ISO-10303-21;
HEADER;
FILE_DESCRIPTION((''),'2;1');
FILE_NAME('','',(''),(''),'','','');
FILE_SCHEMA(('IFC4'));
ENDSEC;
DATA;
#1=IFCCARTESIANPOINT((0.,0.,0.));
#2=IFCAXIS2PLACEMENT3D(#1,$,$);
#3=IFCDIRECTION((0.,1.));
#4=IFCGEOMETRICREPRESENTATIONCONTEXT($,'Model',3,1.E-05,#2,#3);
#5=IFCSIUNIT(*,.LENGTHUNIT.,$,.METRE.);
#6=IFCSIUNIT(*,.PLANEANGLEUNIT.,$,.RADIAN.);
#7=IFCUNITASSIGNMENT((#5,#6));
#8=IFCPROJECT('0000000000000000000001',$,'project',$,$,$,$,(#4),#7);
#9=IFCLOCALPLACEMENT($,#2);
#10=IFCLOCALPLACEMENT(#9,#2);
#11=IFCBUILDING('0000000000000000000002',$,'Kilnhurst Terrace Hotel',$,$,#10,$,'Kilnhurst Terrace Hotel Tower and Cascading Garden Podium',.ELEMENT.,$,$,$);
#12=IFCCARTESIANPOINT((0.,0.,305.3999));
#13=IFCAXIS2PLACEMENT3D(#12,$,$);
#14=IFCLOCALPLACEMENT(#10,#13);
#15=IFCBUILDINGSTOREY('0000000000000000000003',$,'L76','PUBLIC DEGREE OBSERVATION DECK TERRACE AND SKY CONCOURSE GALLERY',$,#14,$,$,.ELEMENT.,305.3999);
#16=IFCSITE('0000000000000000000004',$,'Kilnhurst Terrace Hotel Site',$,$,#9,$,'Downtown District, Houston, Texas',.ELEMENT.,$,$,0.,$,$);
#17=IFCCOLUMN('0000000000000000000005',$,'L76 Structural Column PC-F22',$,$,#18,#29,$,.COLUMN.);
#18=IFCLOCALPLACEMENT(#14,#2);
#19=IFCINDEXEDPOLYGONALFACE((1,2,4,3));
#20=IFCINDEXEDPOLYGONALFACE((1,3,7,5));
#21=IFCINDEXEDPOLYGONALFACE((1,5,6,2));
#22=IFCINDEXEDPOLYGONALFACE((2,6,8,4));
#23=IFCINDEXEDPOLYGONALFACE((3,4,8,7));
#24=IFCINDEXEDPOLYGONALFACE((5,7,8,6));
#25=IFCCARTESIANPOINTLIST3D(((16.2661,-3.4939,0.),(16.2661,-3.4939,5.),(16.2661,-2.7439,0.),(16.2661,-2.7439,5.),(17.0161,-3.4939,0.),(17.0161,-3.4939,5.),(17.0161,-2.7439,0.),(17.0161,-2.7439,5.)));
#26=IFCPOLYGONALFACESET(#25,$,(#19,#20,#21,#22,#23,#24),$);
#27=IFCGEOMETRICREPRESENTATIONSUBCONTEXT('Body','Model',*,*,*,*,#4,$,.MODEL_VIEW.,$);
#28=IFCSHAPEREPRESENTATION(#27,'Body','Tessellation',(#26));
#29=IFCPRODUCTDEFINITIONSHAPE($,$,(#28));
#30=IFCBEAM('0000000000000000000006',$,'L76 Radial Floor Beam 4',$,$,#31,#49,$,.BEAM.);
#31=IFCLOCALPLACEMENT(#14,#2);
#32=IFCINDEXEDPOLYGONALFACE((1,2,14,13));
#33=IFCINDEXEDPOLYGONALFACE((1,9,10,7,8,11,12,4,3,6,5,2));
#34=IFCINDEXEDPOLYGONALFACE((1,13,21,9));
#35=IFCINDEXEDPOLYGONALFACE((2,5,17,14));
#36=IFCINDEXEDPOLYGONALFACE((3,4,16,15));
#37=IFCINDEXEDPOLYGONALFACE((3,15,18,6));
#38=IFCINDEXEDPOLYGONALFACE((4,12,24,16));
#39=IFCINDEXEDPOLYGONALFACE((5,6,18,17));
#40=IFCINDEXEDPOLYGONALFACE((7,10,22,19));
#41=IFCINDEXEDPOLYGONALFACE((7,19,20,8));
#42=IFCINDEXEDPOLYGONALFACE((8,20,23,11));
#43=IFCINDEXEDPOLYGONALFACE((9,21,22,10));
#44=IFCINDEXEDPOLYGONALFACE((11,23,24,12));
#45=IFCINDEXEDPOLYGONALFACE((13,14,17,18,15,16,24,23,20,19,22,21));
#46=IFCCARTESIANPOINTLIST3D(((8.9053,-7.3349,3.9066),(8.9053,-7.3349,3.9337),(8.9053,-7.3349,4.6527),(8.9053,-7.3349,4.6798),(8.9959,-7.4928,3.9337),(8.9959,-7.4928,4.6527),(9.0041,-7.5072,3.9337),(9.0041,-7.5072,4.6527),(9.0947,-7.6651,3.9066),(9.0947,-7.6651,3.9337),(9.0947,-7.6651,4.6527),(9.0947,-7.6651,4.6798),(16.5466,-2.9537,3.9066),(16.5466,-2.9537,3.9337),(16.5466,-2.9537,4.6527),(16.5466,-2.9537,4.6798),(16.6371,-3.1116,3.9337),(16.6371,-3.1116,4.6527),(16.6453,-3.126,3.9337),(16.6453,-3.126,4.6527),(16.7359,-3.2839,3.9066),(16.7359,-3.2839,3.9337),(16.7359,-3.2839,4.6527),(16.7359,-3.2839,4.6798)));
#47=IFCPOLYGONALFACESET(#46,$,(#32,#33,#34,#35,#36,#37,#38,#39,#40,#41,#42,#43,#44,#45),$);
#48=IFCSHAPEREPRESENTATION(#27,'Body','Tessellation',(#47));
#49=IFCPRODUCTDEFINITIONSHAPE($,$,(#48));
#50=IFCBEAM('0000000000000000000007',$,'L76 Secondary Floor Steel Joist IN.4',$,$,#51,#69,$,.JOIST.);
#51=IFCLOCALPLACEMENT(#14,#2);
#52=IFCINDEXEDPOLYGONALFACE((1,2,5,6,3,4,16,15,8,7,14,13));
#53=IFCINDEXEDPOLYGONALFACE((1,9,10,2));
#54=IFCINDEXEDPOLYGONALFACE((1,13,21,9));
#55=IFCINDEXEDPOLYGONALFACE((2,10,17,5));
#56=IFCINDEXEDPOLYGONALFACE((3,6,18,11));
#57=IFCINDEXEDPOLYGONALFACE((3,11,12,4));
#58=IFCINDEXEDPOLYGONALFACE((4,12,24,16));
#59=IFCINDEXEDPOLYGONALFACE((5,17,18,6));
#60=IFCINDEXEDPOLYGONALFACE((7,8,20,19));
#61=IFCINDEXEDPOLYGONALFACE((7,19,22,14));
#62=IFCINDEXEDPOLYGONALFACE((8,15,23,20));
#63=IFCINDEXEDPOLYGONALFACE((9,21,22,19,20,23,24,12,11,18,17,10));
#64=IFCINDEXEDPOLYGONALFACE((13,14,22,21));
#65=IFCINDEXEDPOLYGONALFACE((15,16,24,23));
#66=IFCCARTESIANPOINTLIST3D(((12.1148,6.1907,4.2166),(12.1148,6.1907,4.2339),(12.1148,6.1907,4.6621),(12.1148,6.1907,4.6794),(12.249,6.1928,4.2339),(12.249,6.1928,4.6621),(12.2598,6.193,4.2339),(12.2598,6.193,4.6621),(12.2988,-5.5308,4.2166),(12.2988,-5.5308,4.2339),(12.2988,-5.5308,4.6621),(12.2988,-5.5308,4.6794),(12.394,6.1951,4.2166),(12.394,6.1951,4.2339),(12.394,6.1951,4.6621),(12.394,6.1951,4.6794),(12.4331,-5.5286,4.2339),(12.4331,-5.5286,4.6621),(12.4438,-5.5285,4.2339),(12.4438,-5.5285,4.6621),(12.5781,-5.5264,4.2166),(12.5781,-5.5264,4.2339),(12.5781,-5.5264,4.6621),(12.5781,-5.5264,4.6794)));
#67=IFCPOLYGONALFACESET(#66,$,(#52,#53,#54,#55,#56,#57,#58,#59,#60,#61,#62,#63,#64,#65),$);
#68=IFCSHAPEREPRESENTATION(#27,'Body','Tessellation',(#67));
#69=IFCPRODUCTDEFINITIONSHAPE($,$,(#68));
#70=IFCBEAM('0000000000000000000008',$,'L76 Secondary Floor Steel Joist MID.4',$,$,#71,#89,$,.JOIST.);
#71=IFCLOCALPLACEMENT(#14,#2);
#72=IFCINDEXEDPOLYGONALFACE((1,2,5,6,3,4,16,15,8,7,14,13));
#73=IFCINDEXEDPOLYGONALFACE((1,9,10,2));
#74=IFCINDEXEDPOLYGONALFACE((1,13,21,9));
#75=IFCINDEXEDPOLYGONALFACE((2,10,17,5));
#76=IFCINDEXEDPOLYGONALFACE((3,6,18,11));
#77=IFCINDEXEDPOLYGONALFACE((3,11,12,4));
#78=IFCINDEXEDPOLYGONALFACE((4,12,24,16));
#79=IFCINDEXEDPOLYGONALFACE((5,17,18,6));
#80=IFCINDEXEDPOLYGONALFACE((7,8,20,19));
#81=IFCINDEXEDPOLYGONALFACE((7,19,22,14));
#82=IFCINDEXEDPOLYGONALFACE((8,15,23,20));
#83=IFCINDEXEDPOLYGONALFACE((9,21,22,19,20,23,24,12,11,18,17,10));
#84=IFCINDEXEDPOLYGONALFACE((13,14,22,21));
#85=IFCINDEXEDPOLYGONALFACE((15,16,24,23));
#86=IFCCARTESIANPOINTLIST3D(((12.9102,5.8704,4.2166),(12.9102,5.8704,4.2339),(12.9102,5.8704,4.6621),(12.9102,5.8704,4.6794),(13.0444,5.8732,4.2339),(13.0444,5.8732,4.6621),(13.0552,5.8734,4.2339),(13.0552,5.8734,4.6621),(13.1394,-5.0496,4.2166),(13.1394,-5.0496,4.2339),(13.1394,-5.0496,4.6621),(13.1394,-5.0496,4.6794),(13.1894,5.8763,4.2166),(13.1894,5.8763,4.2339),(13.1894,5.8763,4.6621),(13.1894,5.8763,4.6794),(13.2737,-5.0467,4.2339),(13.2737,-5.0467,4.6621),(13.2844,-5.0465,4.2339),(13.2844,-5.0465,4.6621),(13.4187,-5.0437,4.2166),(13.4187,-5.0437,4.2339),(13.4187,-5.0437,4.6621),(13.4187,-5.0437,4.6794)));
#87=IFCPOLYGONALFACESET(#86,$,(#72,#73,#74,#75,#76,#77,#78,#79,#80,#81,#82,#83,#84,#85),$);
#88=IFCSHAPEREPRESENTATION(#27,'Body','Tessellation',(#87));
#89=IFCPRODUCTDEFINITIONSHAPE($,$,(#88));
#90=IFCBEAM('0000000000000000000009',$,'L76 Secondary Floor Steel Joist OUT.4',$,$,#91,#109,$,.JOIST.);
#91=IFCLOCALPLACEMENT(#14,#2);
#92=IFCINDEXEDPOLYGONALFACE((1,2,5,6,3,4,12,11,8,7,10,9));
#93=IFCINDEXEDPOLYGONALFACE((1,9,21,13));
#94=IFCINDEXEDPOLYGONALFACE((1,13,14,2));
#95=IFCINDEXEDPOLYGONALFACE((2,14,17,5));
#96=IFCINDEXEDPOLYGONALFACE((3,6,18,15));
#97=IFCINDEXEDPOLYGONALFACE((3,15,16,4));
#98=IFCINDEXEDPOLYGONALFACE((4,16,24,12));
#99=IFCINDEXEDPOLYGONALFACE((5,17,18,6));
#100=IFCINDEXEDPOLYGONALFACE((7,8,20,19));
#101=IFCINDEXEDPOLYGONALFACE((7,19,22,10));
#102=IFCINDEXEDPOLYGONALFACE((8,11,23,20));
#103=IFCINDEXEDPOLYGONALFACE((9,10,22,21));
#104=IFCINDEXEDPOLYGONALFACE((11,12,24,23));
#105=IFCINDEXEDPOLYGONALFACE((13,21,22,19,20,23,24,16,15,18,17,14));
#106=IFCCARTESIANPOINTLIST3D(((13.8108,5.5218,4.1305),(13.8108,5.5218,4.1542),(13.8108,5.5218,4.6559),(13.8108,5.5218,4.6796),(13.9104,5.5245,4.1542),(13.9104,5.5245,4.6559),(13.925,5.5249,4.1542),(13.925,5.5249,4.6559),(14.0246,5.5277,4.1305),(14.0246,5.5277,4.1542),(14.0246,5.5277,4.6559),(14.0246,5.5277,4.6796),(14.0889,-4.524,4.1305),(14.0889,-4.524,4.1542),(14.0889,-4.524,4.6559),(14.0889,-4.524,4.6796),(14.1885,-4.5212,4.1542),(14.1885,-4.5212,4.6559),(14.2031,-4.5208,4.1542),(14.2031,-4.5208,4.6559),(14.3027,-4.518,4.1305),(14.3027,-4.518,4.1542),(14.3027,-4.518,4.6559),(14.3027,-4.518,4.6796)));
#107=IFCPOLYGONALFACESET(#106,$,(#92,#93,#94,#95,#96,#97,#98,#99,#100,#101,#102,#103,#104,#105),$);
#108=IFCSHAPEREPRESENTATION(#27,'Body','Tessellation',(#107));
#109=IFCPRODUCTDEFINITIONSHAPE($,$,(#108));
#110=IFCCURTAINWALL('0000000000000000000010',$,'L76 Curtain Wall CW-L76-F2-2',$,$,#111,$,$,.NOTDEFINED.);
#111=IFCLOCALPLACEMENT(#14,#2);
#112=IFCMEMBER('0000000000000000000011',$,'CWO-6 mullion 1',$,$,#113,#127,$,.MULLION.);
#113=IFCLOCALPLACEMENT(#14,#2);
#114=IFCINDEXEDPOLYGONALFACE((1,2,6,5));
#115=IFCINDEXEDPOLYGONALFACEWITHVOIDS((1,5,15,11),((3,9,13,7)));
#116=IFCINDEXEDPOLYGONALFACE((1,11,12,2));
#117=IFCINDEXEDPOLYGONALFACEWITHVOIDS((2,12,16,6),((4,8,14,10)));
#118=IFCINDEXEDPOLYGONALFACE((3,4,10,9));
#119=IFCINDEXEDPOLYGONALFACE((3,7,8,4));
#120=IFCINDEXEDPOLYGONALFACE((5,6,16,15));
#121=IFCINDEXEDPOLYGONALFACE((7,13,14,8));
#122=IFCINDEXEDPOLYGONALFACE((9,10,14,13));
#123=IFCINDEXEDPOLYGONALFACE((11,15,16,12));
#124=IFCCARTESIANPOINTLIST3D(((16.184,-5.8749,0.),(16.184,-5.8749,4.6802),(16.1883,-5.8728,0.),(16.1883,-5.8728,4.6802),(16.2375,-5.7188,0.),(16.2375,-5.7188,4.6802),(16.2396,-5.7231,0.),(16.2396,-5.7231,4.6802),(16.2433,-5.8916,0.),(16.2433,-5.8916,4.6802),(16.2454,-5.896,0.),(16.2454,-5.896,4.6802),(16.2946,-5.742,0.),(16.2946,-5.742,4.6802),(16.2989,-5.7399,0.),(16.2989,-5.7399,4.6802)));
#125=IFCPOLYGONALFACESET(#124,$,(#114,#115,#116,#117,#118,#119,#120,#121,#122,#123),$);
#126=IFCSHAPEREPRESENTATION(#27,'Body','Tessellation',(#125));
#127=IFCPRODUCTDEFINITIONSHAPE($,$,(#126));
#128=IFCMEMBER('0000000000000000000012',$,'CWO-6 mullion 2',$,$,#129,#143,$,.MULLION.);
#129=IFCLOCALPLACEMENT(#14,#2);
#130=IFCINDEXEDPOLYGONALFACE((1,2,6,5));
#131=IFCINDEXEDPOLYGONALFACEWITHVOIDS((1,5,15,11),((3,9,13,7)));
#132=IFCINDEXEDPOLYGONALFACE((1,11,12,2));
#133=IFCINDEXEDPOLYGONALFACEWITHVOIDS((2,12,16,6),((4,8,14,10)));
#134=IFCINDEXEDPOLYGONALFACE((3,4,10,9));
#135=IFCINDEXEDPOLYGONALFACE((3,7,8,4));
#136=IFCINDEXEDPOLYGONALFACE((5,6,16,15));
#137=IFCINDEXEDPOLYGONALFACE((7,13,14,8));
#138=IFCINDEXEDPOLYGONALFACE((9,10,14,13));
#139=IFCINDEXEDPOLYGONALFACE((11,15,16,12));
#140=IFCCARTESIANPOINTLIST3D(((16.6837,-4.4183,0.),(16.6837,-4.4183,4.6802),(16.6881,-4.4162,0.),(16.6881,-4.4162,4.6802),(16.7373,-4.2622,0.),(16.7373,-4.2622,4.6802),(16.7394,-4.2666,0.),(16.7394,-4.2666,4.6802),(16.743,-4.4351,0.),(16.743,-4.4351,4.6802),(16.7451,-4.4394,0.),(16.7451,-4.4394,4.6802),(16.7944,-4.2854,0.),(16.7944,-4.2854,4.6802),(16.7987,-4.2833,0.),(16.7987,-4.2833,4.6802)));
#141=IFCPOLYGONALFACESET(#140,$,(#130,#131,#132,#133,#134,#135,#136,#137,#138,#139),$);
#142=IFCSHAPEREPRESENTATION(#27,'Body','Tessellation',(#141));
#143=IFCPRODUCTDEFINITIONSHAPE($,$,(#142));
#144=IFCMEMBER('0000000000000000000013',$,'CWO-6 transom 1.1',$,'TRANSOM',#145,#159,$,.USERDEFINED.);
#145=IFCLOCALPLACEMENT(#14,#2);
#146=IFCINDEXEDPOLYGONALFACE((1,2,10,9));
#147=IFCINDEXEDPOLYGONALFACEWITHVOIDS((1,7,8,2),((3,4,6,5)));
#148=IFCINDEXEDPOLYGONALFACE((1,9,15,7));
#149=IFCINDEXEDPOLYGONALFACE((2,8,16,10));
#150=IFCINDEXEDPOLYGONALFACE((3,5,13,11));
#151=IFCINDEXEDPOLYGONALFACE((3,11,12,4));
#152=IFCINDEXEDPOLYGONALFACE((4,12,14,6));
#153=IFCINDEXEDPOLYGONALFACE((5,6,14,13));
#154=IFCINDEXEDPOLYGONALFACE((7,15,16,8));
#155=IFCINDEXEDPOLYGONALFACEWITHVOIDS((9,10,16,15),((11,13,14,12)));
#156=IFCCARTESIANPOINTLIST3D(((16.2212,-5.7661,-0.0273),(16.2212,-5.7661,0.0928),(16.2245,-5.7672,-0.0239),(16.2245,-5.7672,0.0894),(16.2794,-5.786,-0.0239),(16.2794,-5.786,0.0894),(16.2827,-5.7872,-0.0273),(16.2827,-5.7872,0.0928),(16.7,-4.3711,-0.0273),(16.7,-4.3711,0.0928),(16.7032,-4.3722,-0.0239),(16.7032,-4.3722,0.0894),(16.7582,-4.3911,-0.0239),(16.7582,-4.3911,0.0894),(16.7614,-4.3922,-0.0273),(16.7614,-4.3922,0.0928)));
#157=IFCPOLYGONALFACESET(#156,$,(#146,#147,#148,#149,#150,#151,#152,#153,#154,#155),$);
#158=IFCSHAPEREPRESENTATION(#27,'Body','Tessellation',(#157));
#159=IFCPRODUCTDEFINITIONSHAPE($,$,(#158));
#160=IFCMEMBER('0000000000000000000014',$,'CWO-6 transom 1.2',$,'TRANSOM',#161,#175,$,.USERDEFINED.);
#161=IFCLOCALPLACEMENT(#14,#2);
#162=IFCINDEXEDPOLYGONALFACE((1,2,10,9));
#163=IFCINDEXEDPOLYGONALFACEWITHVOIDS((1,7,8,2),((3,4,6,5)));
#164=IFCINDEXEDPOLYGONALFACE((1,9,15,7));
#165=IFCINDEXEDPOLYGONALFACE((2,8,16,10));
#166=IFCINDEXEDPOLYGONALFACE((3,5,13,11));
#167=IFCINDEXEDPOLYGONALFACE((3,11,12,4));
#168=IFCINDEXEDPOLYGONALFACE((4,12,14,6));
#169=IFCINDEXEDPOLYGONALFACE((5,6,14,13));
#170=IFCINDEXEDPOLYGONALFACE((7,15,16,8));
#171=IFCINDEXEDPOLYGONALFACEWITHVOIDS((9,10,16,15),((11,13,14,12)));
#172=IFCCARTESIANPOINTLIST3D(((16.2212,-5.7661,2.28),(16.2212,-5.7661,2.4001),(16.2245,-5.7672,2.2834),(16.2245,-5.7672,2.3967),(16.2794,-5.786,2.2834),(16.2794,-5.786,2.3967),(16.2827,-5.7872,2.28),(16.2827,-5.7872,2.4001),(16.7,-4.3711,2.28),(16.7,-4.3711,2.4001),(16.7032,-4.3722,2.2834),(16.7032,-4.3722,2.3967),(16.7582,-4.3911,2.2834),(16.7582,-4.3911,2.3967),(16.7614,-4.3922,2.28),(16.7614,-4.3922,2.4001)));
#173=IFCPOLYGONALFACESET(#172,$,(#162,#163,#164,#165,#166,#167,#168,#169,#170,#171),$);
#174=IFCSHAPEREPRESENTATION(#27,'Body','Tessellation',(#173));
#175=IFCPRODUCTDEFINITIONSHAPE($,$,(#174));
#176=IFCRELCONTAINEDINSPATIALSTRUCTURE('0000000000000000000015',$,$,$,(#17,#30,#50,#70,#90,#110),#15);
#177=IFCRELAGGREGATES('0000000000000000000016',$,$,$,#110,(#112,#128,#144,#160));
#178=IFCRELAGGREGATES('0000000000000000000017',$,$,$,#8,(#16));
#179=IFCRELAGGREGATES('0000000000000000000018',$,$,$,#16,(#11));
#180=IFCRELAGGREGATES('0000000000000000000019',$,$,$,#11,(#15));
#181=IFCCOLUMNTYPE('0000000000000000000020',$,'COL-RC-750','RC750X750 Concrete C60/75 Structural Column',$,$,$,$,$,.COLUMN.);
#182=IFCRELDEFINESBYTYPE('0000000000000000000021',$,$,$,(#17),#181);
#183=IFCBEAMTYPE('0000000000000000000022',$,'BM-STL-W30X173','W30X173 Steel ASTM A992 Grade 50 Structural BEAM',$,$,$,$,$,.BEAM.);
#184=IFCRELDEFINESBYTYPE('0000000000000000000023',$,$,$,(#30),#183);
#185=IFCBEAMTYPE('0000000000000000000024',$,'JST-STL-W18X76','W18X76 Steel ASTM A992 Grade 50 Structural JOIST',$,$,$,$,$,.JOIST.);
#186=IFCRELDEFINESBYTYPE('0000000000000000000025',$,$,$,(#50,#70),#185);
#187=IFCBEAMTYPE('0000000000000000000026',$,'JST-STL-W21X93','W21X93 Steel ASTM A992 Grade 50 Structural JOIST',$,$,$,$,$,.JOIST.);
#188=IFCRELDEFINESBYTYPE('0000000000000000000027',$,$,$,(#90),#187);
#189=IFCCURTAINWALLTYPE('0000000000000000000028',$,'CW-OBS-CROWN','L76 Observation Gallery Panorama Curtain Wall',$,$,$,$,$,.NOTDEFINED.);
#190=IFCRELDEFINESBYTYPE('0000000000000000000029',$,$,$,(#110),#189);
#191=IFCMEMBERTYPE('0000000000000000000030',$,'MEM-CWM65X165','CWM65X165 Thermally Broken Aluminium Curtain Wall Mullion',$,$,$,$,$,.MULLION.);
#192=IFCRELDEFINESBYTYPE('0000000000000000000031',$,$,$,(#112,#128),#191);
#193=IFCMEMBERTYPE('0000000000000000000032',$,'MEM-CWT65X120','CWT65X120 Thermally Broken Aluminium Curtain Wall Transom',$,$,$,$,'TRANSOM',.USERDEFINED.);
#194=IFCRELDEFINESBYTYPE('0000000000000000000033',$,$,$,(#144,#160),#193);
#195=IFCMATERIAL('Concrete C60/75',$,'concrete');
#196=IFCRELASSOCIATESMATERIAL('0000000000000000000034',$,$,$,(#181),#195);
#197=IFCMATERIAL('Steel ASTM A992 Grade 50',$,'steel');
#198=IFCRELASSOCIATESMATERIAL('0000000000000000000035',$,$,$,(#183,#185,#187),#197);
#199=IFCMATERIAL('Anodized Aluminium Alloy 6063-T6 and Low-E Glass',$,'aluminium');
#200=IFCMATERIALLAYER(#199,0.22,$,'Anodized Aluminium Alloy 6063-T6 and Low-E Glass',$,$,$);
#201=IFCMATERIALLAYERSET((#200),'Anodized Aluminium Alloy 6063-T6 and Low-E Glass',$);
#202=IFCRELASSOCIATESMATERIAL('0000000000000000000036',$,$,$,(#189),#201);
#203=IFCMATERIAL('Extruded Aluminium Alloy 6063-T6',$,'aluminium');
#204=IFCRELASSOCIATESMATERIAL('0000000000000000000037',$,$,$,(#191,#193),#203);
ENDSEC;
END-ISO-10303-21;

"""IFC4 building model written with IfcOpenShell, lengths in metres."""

from ifc_helpers import new_model, si_unit, direction, frame, origin, origin_2d, place, context, subcontext, project, spatial, rectangle, hollow_rectangle, i_section, extrude, material, layer, layer_set, material_profile, profile_set, type_object, element, aggregate, save


model = new_model("IFC4")

# Units and contexts
model_context = context("Model", 3, precision=1e-05, world=origin(), true_north=direction((0.0, 1.0)))
body_context = subcontext(model_context, "Body", "Model", "MODEL_VIEW")
ifc_project = project(units=[si_unit("LENGTHUNIT", "METRE"), si_unit("PLANEANGLEUNIT", "RADIAN")], contexts=[model_context])

# Site, building, storey
site_placement = place(None, origin())
site = spatial("IfcSite", under=ifc_project, at=site_placement, Name="Kilnhurst Terrace Hotel Site", LongName="Downtown District, Houston, Texas", CompositionType="ELEMENT", RefElevation=0.0)
building_placement = place(site_placement, origin())
building = spatial("IfcBuilding", under=site, at=building_placement, Name="Kilnhurst Terrace Hotel", LongName="Kilnhurst Terrace Hotel Tower and Cascading Garden Podium", CompositionType="ELEMENT")
storey_placement = place(building_placement, frame((0.0, 0.0, 305.3999)))
storey = spatial("IfcBuildingStorey", under=building, at=storey_placement, Name="L76", Description="PUBLIC DEGREE OBSERVATION DECK TERRACE AND SKY CONCOURSE GALLERY", CompositionType="ELEMENT", Elevation=305.3999)

# Column
ifc_material_1 = material(Name="Concrete C60/75", Category="concrete")
ifc_material_profile_1 = material_profile(ifc_material_1, rectangle(XDim=0.75, YDim=0.75, at=origin_2d()), Name="RC750X750")
ifc_profile_set_1 = profile_set([ifc_material_profile_1], Name="Concrete C60/75")
column_type = type_object("IfcColumnType", Name="COL-RC-750", Description="RC750X750 Concrete C60/75 Structural Column", PredefinedType="COLUMN", material=ifc_profile_set_1)
column_placement = place(storey_placement, frame((16.6411, -3.1189, 0.0), z_axis=(0.0, 0.0, 1.0), x_axis=(1.0, 0.0, 0.0)))
element("IfcColumn", 1, at=column_placement, inside=storey, type_object=column_type, Name="L76 Structural Column PC-F22", PredefinedType="COLUMN", context=body_context, shape_type="SweptSolid", body=[
    extrude(rectangle(XDim=0.75, YDim=0.75, at=origin_2d()), origin(), (0.0, 0.0, 1.0), 5.0),
])

# Beams
ifc_material_2 = material(Name="Steel ASTM A992 Grade 50", Category="steel")
ifc_material_profile_2 = material_profile(ifc_material_2, i_section(OverallWidth=0.3806, OverallDepth=0.7732, WebThickness=0.0166, FlangeThickness=0.0271, at=origin_2d()), Name="W30X173")
ifc_profile_set_2 = profile_set([ifc_material_profile_2], Name="Steel ASTM A992 Grade 50")
beam_type_1 = type_object("IfcBeamType", Name="BM-STL-W30X173", Description="W30X173 Steel ASTM A992 Grade 50 Structural BEAM", PredefinedType="BEAM", material=ifc_profile_set_2)
beam_1_placement = place(storey_placement, frame((9.0, -7.5, 4.2932), z_axis=(0.867521, 0.497401, 0.0), x_axis=(-0.497401, 0.867521, 0.0)))
element("IfcBeam", 2, at=beam_1_placement, inside=storey, type_object=beam_type_1, Name="L76 Radial Floor Beam 4", PredefinedType="BEAM", context=body_context, shape_type="SweptSolid", body=[
    extrude(i_section(OverallWidth=0.3806, OverallDepth=0.7732, WebThickness=0.0166, FlangeThickness=0.0271, at=origin_2d()), origin(), (0.0, 0.0, 1.0), 8.8081),
])
ifc_material_profile_3 = material_profile(ifc_material_2, i_section(OverallWidth=0.2793, OverallDepth=0.4629, WebThickness=0.0107, FlangeThickness=0.0173, at=origin_2d()), Name="W18X76")
ifc_profile_set_3 = profile_set([ifc_material_profile_3], Name="Steel ASTM A992 Grade 50")
beam_type_2 = type_object("IfcBeamType", Name="JST-STL-W18X76", Description="W18X76 Steel ASTM A992 Grade 50 Structural JOIST", PredefinedType="JOIST", material=ifc_profile_set_3)
beam_2_placement = place(storey_placement, frame((12.4385, -5.5286, 4.448), z_axis=(-0.015703, 0.999877, 0.0), x_axis=(-0.999877, -0.015703, 0.0)))
element("IfcBeam", 3, at=beam_2_placement, inside=storey, type_object=beam_type_2, Name="L76 Secondary Floor Steel Joist IN.4", PredefinedType="JOIST", context=body_context, shape_type="SweptSolid", body=[
    extrude(i_section(OverallWidth=0.2793, OverallDepth=0.4629, WebThickness=0.0107, FlangeThickness=0.0173, at=origin_2d()), origin(), (0.0, 0.0, 1.0), 11.7229),
])
beam_3_placement = place(storey_placement, frame((13.2791, -5.0466, 4.448), z_axis=(-0.020989, 0.99978, 0.0), x_axis=(-0.99978, -0.020989, 0.0)))
element("IfcBeam", 4, at=beam_3_placement, inside=storey, type_object=beam_type_2, Name="L76 Secondary Floor Steel Joist MID.4", PredefinedType="JOIST", context=body_context, shape_type="SweptSolid", body=[
    extrude(i_section(OverallWidth=0.2793, OverallDepth=0.4629, WebThickness=0.0107, FlangeThickness=0.0173, at=origin_2d()), origin(), (0.0, 0.0, 1.0), 10.9224),
])
ifc_material_profile_4 = material_profile(ifc_material_2, i_section(OverallWidth=0.2139, OverallDepth=0.5491, WebThickness=0.0146, FlangeThickness=0.0237, at=origin_2d()), Name="W21X93")
ifc_profile_set_4 = profile_set([ifc_material_profile_4], Name="Steel ASTM A992 Grade 50")
beam_type_3 = type_object("IfcBeamType", Name="JST-STL-W21X93", Description="W21X93 Steel ASTM A992 Grade 50 Structural JOIST", PredefinedType="JOIST", material=ifc_profile_set_4)
beam_4_placement = place(storey_placement, frame((14.1958, -4.521, 4.405), z_axis=(-0.027671, 0.999617, 0.0), x_axis=(-0.999617, -0.027671, 0.0)))
element("IfcBeam", 5, at=beam_4_placement, inside=storey, type_object=beam_type_3, Name="L76 Secondary Floor Steel Joist OUT.4", PredefinedType="JOIST", context=body_context, shape_type="SweptSolid", body=[
    extrude(i_section(OverallWidth=0.2139, OverallDepth=0.5491, WebThickness=0.0146, FlangeThickness=0.0237, at=origin_2d()), origin(), (0.0, 0.0, 1.0), 10.0496),
])

# Curtain wall, members
ifc_material_3 = material(Name="Anodized Aluminium Alloy 6063-T6 and Low-E Glass", Category="aluminium")
ifc_layer_1 = layer(ifc_material_3, 0.22, Name="Anodized Aluminium Alloy 6063-T6 and Low-E Glass")
ifc_layer_set_1 = layer_set([ifc_layer_1], Name="Anodized Aluminium Alloy 6063-T6 and Low-E Glass")
curtain_wall_type = type_object("IfcCurtainWallType", Name="CW-OBS-CROWN", Description="L76 Observation Gallery Panorama Curtain Wall", PredefinedType="NOTDEFINED", material=ifc_layer_set_1)
curtain_wall_placement = place(storey_placement, origin())
curtain_wall = element("IfcCurtainWall", 6, at=curtain_wall_placement, inside=storey, type_object=curtain_wall_type, Name="L76 Curtain Wall CW-L76-F2-2", PredefinedType="NOTDEFINED")
ifc_material_4 = material(Name="Extruded Aluminium Alloy 6063-T6", Category="aluminium")
ifc_material_profile_5 = material_profile(ifc_material_4, hollow_rectangle(XDim=0.0649, YDim=0.165, WallThickness=0.0034, at=origin_2d()), Name="CWM65X165")
ifc_profile_set_5 = profile_set([ifc_material_profile_5], Name="Extruded Aluminium Alloy 6063-T6")
member_type_1 = type_object("IfcMemberType", Name="MEM-CWM65X165", Description="CWM65X165 Thermally Broken Aluminium Curtain Wall Mullion", PredefinedType="MULLION", material=ifc_profile_set_5)
member_1_placement = place(storey_placement, frame((16.2415, -5.8074, 0.0), z_axis=(0.0, 0.0, 1.0), x_axis=(-0.945887, 0.324496, 0.0)))
member_1 = element("IfcMember", 7, at=member_1_placement, type_object=member_type_1, Name="CWO-6 mullion 1", PredefinedType="MULLION", context=body_context, shape_type="SweptSolid", body=[
    extrude(hollow_rectangle(XDim=0.0649, YDim=0.165, WallThickness=0.0034, at=origin_2d()), origin(), (0.0, 0.0, 1.0), 4.6802),
])
member_2_placement = place(storey_placement, frame((16.7412, -4.3508, 0.0), z_axis=(0.0, 0.0, 1.0), x_axis=(-0.945887, 0.324496, 0.0)))
member_2 = element("IfcMember", 8, at=member_2_placement, type_object=member_type_1, Name="CWO-6 mullion 2", PredefinedType="MULLION", context=body_context, shape_type="SweptSolid", body=[
    extrude(hollow_rectangle(XDim=0.0649, YDim=0.165, WallThickness=0.0034, at=origin_2d()), origin(), (0.0, 0.0, 1.0), 4.6802),
])
ifc_material_profile_6 = material_profile(ifc_material_4, hollow_rectangle(XDim=0.0649, YDim=0.1201, WallThickness=0.0034, at=origin_2d()), Name="CWT65X120")
ifc_profile_set_6 = profile_set([ifc_material_profile_6], Name="Extruded Aluminium Alloy 6063-T6")
member_type_2 = type_object("IfcMemberType", Name="MEM-CWT65X120", Description="CWT65X120 Thermally Broken Aluminium Curtain Wall Transom", ElementType="TRANSOM", PredefinedType="USERDEFINED", material=ifc_profile_set_6)
member_3_placement = place(storey_placement, frame((16.252, -5.7766, 0.0327), z_axis=(0.324608, 0.945849, 0.0), x_axis=(-0.945849, 0.324608, 0.0)))
member_3 = element("IfcMember", 9, at=member_3_placement, type_object=member_type_2, Name="CWO-6 transom 1.1", ObjectType="TRANSOM", PredefinedType="USERDEFINED", context=body_context, shape_type="SweptSolid", body=[
    extrude(hollow_rectangle(XDim=0.0649, YDim=0.1201, WallThickness=0.0034, at=origin_2d()), origin(), (0.0, 0.0, 1.0), 1.4749),
])
member_4_placement = place(storey_placement, frame((16.252, -5.7766, 2.3401), z_axis=(0.324608, 0.945849, 0.0), x_axis=(-0.945849, 0.324608, 0.0)))
member_4 = element("IfcMember", 10, at=member_4_placement, type_object=member_type_2, Name="CWO-6 transom 1.2", ObjectType="TRANSOM", PredefinedType="USERDEFINED", context=body_context, shape_type="SweptSolid", body=[
    extrude(hollow_rectangle(XDim=0.0649, YDim=0.1201, WallThickness=0.0034, at=origin_2d()), origin(), (0.0, 0.0, 1.0), 1.4749),
])

aggregate(curtain_wall, [member_1, member_2, member_3, member_4])

save(model, "model.ifc")
